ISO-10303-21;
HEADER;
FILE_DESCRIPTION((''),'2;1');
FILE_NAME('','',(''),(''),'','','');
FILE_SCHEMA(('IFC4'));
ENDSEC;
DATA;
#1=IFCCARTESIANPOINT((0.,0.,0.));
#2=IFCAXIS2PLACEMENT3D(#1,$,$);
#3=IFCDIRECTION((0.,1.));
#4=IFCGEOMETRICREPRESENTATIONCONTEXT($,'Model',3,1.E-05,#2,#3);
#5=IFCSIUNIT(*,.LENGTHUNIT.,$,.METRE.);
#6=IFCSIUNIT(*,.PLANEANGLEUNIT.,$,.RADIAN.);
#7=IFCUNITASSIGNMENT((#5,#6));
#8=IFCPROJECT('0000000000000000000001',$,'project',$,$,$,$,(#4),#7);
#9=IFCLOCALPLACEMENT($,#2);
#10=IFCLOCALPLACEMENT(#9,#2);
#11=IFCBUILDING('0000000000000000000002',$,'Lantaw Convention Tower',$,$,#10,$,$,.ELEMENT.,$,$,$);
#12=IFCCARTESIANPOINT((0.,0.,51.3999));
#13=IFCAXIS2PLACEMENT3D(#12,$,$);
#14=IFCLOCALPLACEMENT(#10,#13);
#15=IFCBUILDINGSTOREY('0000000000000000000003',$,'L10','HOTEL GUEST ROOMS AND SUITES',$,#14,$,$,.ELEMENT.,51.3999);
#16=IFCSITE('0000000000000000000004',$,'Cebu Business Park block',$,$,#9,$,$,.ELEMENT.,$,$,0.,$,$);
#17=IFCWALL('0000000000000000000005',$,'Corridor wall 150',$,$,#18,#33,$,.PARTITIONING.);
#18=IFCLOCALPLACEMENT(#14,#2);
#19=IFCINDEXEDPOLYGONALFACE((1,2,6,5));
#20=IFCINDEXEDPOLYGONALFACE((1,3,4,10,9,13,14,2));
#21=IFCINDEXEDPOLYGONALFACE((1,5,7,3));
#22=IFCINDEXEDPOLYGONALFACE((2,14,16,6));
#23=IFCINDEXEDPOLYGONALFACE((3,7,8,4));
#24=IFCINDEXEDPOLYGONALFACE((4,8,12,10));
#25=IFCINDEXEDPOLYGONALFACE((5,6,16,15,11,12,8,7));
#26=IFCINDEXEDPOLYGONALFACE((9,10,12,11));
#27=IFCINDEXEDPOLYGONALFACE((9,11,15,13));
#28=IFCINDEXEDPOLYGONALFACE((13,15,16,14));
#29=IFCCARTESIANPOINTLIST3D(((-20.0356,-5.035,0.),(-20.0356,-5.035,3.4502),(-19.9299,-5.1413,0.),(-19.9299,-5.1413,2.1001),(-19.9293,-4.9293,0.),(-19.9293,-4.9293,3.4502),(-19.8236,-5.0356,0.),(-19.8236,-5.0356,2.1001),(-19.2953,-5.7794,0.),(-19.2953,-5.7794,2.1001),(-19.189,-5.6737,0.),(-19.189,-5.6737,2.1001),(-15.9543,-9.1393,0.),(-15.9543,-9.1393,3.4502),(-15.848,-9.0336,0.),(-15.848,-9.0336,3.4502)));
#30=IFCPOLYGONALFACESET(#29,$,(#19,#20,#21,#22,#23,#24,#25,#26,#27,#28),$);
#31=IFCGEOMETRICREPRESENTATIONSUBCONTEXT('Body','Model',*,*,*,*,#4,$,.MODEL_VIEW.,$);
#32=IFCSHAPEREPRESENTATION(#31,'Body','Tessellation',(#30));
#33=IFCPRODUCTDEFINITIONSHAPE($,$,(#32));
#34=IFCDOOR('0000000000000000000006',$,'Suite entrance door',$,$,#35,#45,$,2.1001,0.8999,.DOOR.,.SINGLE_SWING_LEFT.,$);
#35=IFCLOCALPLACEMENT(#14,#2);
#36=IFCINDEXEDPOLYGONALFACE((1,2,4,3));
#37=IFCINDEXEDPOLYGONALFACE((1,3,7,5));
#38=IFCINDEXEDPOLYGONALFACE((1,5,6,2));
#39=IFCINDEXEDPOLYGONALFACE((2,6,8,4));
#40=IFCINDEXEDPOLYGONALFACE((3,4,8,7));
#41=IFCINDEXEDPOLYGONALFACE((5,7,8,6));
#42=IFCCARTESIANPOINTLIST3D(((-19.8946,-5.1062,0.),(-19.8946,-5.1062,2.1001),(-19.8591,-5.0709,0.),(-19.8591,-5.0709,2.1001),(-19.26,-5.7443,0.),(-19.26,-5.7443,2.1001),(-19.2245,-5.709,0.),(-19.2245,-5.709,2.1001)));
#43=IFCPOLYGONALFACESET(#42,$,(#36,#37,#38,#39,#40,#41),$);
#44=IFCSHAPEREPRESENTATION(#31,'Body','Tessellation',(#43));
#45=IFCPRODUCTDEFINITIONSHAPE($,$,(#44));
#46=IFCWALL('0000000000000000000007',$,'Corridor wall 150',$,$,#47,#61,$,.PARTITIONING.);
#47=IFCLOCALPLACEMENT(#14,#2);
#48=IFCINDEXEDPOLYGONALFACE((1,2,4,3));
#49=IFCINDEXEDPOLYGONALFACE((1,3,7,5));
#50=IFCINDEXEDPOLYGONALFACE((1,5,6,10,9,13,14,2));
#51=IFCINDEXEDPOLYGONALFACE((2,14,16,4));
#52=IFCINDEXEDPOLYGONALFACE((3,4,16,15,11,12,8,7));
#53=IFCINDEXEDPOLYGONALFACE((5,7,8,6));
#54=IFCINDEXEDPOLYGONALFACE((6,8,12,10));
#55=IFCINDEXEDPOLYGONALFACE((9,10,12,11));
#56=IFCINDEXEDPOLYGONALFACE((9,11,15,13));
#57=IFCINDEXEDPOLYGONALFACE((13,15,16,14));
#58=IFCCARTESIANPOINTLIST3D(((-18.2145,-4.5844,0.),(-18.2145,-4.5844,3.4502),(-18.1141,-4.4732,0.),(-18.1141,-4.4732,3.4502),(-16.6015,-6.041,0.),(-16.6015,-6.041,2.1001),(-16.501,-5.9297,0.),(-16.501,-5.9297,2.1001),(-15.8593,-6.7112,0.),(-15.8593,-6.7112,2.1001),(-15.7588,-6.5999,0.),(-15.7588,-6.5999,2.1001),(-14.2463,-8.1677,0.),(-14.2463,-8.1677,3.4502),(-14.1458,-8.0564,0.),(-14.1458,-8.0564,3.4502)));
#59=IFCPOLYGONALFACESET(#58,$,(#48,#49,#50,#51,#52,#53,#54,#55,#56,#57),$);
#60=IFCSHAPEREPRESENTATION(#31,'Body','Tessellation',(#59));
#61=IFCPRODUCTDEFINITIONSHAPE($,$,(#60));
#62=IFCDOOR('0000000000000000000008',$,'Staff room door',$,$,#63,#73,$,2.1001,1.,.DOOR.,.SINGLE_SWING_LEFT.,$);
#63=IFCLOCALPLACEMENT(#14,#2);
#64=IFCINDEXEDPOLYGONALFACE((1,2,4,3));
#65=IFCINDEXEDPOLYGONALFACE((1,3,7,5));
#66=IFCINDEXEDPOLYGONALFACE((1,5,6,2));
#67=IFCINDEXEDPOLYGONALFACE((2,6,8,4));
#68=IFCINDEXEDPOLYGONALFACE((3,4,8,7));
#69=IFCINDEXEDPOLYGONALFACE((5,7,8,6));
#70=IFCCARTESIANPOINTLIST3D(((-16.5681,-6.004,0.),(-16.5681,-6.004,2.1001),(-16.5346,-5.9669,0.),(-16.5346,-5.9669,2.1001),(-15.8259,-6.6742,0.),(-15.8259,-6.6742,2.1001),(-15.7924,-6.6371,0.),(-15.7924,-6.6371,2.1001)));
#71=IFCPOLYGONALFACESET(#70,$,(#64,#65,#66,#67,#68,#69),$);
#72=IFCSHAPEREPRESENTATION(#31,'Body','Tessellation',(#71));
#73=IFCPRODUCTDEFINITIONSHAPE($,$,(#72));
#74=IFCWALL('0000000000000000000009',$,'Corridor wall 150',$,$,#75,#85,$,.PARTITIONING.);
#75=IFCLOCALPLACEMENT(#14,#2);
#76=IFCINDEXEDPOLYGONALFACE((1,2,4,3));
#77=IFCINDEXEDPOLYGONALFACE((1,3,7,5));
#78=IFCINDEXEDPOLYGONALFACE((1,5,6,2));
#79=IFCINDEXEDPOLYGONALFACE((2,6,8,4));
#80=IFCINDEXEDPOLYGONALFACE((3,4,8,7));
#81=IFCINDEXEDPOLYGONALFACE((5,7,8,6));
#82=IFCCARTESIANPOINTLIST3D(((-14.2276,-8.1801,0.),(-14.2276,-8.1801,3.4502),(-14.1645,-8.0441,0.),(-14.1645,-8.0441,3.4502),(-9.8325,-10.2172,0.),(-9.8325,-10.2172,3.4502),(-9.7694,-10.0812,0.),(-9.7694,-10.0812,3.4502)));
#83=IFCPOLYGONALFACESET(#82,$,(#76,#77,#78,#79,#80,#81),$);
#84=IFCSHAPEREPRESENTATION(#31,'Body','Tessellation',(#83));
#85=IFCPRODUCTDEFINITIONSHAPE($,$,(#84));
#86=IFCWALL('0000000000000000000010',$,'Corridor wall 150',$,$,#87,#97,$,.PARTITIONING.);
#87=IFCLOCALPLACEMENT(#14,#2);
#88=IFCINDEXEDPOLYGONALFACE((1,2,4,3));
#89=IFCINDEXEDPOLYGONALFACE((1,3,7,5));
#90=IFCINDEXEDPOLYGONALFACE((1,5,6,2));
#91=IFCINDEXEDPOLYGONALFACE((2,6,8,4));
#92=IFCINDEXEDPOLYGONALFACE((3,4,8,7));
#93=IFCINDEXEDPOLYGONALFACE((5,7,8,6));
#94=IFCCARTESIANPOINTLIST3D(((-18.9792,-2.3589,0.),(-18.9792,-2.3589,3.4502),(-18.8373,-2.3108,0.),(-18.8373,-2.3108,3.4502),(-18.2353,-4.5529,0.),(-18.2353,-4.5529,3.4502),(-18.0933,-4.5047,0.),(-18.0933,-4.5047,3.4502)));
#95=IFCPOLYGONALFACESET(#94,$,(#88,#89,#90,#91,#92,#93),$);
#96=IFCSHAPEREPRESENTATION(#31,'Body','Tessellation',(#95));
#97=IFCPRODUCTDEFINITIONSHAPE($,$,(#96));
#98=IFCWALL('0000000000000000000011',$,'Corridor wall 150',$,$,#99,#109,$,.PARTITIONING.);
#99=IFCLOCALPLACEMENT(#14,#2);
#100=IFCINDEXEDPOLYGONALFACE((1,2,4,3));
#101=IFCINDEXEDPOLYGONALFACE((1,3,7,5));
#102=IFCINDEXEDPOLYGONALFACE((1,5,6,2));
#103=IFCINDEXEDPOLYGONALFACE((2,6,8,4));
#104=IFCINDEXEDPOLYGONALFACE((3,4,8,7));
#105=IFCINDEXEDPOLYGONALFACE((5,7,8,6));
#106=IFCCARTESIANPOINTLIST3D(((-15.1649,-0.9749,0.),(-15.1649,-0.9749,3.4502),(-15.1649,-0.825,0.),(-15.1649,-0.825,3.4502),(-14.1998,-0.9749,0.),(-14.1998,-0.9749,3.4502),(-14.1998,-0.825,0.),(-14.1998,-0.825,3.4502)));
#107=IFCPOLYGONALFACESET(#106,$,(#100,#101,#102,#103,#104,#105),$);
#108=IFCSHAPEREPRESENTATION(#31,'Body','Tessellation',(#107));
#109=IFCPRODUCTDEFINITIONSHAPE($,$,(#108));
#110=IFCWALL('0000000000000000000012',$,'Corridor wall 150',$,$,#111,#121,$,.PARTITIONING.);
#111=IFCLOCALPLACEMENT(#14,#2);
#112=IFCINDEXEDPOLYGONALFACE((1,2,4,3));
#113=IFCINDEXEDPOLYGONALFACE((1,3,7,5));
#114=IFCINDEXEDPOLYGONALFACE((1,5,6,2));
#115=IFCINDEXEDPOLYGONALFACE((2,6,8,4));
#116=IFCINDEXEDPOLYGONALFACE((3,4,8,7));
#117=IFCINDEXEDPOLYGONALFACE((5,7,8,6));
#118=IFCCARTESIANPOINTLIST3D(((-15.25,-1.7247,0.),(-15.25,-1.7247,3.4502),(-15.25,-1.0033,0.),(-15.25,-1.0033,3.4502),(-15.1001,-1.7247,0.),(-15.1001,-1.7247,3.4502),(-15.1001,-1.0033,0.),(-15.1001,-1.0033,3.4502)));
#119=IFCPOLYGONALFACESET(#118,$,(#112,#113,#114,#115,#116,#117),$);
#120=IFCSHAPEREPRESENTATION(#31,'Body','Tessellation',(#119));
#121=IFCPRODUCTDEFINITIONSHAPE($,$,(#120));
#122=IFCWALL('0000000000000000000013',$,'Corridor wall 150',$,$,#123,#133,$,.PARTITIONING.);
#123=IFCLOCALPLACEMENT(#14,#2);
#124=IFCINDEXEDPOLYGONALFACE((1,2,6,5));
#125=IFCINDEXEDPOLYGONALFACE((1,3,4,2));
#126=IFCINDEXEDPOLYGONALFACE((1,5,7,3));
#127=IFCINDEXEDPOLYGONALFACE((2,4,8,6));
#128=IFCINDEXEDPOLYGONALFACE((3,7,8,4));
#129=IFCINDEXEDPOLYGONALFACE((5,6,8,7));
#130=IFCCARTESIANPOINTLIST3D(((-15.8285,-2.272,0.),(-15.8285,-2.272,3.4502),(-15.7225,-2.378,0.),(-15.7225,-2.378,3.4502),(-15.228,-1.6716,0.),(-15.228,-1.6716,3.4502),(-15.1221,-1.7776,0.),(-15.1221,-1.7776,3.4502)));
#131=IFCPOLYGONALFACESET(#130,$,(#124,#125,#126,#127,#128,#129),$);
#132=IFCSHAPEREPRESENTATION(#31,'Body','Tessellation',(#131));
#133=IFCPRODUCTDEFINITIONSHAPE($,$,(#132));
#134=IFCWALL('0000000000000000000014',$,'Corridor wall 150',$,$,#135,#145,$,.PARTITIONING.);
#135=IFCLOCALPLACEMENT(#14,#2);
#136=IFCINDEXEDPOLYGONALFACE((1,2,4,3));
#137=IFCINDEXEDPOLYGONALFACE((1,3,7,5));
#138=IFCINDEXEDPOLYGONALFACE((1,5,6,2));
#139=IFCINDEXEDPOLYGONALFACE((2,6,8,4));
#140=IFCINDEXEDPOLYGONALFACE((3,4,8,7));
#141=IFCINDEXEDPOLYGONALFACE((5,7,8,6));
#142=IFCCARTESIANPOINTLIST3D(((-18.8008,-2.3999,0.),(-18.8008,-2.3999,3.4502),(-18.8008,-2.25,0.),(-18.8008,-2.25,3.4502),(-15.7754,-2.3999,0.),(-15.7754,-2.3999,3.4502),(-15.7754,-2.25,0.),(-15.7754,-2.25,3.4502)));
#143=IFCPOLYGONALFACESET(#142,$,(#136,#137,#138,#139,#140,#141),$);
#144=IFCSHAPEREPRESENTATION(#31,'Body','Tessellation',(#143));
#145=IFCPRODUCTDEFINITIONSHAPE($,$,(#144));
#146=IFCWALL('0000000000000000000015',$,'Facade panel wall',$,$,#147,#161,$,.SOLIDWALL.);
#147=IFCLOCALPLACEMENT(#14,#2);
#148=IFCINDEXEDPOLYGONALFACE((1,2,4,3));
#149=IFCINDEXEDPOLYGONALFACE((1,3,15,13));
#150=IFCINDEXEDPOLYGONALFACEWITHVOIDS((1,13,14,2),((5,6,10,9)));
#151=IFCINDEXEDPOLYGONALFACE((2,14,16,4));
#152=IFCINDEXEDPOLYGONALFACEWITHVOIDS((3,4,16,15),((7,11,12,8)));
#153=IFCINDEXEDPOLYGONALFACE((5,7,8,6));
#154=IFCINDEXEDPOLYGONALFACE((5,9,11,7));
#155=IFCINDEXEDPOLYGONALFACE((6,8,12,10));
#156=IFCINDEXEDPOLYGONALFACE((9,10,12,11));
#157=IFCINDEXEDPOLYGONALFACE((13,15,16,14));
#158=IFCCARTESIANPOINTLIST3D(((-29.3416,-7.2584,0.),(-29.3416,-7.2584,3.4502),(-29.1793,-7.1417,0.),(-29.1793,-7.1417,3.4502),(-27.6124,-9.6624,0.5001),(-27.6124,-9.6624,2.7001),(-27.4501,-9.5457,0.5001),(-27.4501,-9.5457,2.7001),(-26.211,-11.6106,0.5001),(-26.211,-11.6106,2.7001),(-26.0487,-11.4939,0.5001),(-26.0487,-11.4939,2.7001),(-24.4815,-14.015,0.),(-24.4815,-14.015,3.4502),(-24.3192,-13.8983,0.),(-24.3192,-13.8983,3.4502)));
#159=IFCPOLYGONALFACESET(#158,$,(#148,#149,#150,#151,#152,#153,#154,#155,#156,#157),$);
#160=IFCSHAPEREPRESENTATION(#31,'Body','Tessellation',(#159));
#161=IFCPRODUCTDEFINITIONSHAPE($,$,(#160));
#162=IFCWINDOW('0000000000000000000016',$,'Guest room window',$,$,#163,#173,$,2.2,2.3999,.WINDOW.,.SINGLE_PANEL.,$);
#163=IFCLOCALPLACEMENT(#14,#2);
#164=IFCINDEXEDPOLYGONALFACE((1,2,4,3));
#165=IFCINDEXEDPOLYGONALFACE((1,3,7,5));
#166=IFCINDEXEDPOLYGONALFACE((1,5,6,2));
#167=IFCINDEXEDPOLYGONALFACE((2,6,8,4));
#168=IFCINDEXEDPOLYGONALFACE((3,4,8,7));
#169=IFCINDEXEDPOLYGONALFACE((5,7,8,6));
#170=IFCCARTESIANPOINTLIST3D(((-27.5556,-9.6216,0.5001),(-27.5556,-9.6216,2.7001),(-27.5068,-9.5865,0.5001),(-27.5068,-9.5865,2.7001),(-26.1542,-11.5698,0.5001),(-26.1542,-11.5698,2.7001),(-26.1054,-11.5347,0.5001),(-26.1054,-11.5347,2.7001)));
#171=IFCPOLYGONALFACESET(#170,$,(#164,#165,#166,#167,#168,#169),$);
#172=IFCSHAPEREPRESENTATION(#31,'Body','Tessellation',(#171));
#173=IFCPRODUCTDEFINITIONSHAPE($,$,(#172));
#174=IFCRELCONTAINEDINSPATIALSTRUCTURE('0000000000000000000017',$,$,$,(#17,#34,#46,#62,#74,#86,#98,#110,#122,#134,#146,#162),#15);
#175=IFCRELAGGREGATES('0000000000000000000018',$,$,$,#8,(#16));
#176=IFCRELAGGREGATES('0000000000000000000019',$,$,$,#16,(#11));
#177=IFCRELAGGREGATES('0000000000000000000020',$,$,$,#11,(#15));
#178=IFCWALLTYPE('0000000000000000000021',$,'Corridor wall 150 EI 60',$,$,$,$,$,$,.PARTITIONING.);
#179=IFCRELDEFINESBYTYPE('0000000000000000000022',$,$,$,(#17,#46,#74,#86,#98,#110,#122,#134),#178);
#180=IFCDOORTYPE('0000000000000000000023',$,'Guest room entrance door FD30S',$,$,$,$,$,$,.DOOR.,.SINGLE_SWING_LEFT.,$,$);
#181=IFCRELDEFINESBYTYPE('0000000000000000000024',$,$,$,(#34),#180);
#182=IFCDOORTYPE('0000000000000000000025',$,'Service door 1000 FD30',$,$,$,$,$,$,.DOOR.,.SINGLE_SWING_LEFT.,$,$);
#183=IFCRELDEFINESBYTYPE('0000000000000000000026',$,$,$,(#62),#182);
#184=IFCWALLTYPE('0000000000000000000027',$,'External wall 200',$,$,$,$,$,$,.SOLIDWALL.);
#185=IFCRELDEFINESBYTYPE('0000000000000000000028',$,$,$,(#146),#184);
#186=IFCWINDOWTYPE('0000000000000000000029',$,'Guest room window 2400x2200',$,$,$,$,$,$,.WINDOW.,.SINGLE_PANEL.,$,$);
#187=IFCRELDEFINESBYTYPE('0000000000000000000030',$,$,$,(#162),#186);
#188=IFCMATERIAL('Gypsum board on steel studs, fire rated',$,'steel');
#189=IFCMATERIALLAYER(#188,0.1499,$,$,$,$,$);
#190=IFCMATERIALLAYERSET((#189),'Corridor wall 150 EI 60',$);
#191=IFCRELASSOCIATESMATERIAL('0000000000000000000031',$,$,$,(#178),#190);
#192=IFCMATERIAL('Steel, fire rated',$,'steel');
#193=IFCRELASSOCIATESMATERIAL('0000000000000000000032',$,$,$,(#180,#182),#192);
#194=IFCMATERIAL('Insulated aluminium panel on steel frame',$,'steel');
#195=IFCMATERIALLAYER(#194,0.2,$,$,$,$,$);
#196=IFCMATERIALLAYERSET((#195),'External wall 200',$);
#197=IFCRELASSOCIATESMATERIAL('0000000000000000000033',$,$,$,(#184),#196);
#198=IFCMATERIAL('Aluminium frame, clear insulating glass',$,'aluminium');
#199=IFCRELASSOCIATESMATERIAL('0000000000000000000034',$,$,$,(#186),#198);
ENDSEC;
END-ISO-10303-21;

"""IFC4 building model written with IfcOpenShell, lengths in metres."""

from ifc_helpers import new_model, si_unit, direction, frame, frame_2d, origin, place, context, subcontext, project, spatial, rectangle, extrude, material, layer, layer_set, type_object, element, fill, save


model = new_model("IFC4")

# Units and contexts
model_context = context("Model", 3, precision=1e-05, world=origin(), true_north=direction((0.0, 1.0)))
body_context = subcontext(model_context, "Body", "Model", "MODEL_VIEW")
ifc_project = project(units=[si_unit("LENGTHUNIT", "METRE"), si_unit("PLANEANGLEUNIT", "RADIAN")], contexts=[model_context])

# Site, building, storey
site_placement = place(None, origin())
site = spatial("IfcSite", under=ifc_project, at=site_placement, Name="Cebu Business Park block", CompositionType="ELEMENT", RefElevation=0.0)
building_placement = place(site_placement, origin())
building = spatial("IfcBuilding", under=site, at=building_placement, Name="Lantaw Convention Tower", CompositionType="ELEMENT")
storey_placement = place(building_placement, frame((0.0, 0.0, 51.3999)))
storey = spatial("IfcBuildingStorey", under=building, at=storey_placement, Name="L10", Description="HOTEL GUEST ROOMS AND SUITES", CompositionType="ELEMENT", Elevation=51.3999)

# Shared definitions
ifc_material_1 = material(Name="Gypsum board on steel studs, fire rated", Category="steel")
ifc_layer_1 = layer(ifc_material_1, 0.1499)
ifc_layer_set_1 = layer_set([ifc_layer_1], Name="Corridor wall 150 EI 60")
wall_type_1 = type_object("IfcWallType", Name="Corridor wall 150 EI 60", PredefinedType="PARTITIONING", material=ifc_layer_set_1)

# Walls, openings, doors
wall_1_placement = place(storey_placement, frame((-19.9824, -4.9822, 0.0), z_axis=(0.0, 0.0, 1.0), x_axis=(0.705122, -0.709086, 0.0)))
wall_1 = element("IfcWall", 1, at=wall_1_placement, inside=storey, type_object=wall_type_1, Name="Corridor wall 150", PredefinedType="PARTITIONING", context=body_context, shape_type="SweptSolid", body=[
    extrude(rectangle(XDim=5.7881, YDim=0.1499, at=frame_2d((2.894, 0.0))), origin(), (0.0, 0.0, 1.0), 3.4502),
])
opening_1_placement = place(wall_1_placement, frame((0.1499, 0.0, 0.0)))
opening_1 = element("IfcOpeningElement", 2, at=opening_1_placement, cuts=wall_1, PredefinedType="OPENING", context=body_context, shape_type="SweptSolid", body=[
    extrude(rectangle(XDim=0.8999, YDim=2.1001, at=frame_2d((0.45, 1.05))), frame((0.0, 0.085, 0.0), z_axis=(0.0, -1.0, 0.0), x_axis=(1.0, 0.0, 0.0)), (0.0, 0.0, 1.0), 0.1699),
])
ifc_material_2 = material(Name="Steel, fire rated", Category="steel")
door_type_1 = type_object("IfcDoorType", Name="Guest room entrance door FD30S", OperationType="SINGLE_SWING_LEFT", PredefinedType="DOOR", material=ifc_material_2)
door_1_placement = place(opening_1_placement, origin())
door_1 = element("IfcDoor", 3, at=door_1_placement, inside=storey, type_object=door_type_1, Name="Suite entrance door", OperationType="SINGLE_SWING_LEFT", OverallHeight=2.1001, OverallWidth=0.8999, PredefinedType="DOOR", context=body_context, shape_type="SweptSolid", body=[
    extrude(rectangle(XDim=0.8999, YDim=2.1001, at=frame_2d((0.45, 1.05))), frame((0.0, 0.0249, 0.0), z_axis=(0.0, -1.0, 0.0), x_axis=(1.0, 0.0, 0.0)), (0.0, 0.0, 1.0), 0.05),
])
fill(opening_1, door_1)
wall_2_placement = place(storey_placement, frame((-18.1643, -4.5288, 0.0), z_axis=(0.0, 0.0, 1.0), x_axis=(0.742194, -0.670185, 0.0)))
wall_2 = element("IfcWall", 4, at=wall_2_placement, inside=storey, type_object=wall_type_1, Name="Corridor wall 150", PredefinedType="PARTITIONING", context=body_context, shape_type="SweptSolid", body=[
    extrude(rectangle(XDim=5.3467, YDim=0.1499, at=frame_2d((2.6733, 0.0))), origin(), (0.0, 0.0, 1.0), 3.4502),
])
opening_2_placement = place(wall_2_placement, frame((2.1733, 0.0, 0.0)))
opening_2 = element("IfcOpeningElement", 5, at=opening_2_placement, cuts=wall_2, PredefinedType="OPENING", context=body_context, shape_type="SweptSolid", body=[
    extrude(rectangle(XDim=1.0, YDim=2.1001, at=frame_2d((0.5, 1.05))), frame((0.0, 0.085, 0.0), z_axis=(0.0, -1.0, 0.0), x_axis=(1.0, 0.0, 0.0)), (0.0, 0.0, 1.0), 0.1699),
])
door_type_2 = type_object("IfcDoorType", Name="Service door 1000 FD30", OperationType="SINGLE_SWING_LEFT", PredefinedType="DOOR", material=ifc_material_2)
door_2_placement = place(opening_2_placement, origin())
door_2 = element("IfcDoor", 6, at=door_2_placement, inside=storey, type_object=door_type_2, Name="Staff room door", OperationType="SINGLE_SWING_LEFT", OverallHeight=2.1001, OverallWidth=1.0, PredefinedType="DOOR", context=body_context, shape_type="SweptSolid", body=[
    extrude(rectangle(XDim=1.0, YDim=2.1001, at=frame_2d((0.5, 1.05))), frame((0.0, 0.0249, 0.0), z_axis=(0.0, -1.0, 0.0), x_axis=(1.0, 0.0, 0.0)), (0.0, 0.0, 1.0), 0.05),
])
fill(opening_2, door_2)

# Walls
wall_3_placement = place(storey_placement, frame((-14.196, -8.1121, 0.0), z_axis=(0.0, 0.0, 1.0), x_axis=(0.90728, -0.420528, 0.0)))
element("IfcWall", 7, at=wall_3_placement, inside=storey, type_object=wall_type_1, Name="Corridor wall 150", PredefinedType="PARTITIONING", context=body_context, shape_type="SweptSolid", body=[
    extrude(rectangle(XDim=4.8442, YDim=0.1499, at=frame_2d((2.4221, 0.0))), origin(), (0.0, 0.0, 1.0), 3.4502),
])
wall_4_placement = place(storey_placement, frame((-18.9082, -2.335, 0.0), z_axis=(0.0, 0.0, 1.0), x_axis=(0.321124, -0.947037, 0.0)))
element("IfcWall", 8, at=wall_4_placement, inside=storey, type_object=wall_type_1, Name="Corridor wall 150", PredefinedType="PARTITIONING", context=body_context, shape_type="SweptSolid", body=[
    extrude(rectangle(XDim=2.3167, YDim=0.1499, at=frame_2d((1.1582, 0.0))), origin(), (0.0, 0.0, 1.0), 3.4502),
])
wall_5_placement = place(storey_placement, frame((-14.2, -0.8999, 0.0), z_axis=(0.0, 0.0, 1.0), x_axis=(-1.0, 0.0, 0.0)))
element("IfcWall", 9, at=wall_5_placement, inside=storey, type_object=wall_type_1, Name="Corridor wall 150", PredefinedType="PARTITIONING", context=body_context, shape_type="SweptSolid", body=[
    extrude(rectangle(XDim=0.9651, YDim=0.1499, at=frame_2d((0.4824, 0.0))), origin(), (0.0, 0.0, 1.0), 3.4502),
])
wall_6_placement = place(storey_placement, frame((-15.175, -1.0032, 0.0), z_axis=(0.0, 0.0, 1.0), x_axis=(0.0, -1.0, 0.0)))
element("IfcWall", 10, at=wall_6_placement, inside=storey, type_object=wall_type_1, Name="Corridor wall 150", PredefinedType="PARTITIONING", context=body_context, shape_type="SweptSolid", body=[
    extrude(rectangle(XDim=0.7214, YDim=0.1499, at=frame_2d((0.3608, 0.0))), origin(), (0.0, 0.0, 1.0), 3.4502),
])
wall_7_placement = place(storey_placement, frame((-15.175, -1.7246, 0.0), z_axis=(0.0, 0.0, 1.0), x_axis=(-0.707107, -0.707107, 0.0)))
element("IfcWall", 11, at=wall_7_placement, inside=storey, type_object=wall_type_1, Name="Corridor wall 150", PredefinedType="PARTITIONING", context=body_context, shape_type="SweptSolid", body=[
    extrude(rectangle(XDim=0.8491, YDim=0.1499, at=frame_2d((0.4246, 0.0))), origin(), (0.0, 0.0, 1.0), 3.4502),
])
wall_8_placement = place(storey_placement, frame((-15.7754, -2.325, 0.0), z_axis=(0.0, 0.0, 1.0), x_axis=(-1.0, 0.0, 0.0)))
element("IfcWall", 12, at=wall_8_placement, inside=storey, type_object=wall_type_1, Name="Corridor wall 150", PredefinedType="PARTITIONING", context=body_context, shape_type="SweptSolid", body=[
    extrude(rectangle(XDim=3.0254, YDim=0.1499, at=frame_2d((1.5127, 0.0))), origin(), (0.0, 0.0, 1.0), 3.4502),
])

# Wall, opening, window
ifc_material_3 = material(Name="Insulated aluminium panel on steel frame", Category="steel")
ifc_layer_2 = layer(ifc_material_3, 0.2)
ifc_layer_set_2 = layer_set([ifc_layer_2], Name="External wall 200")
wall_type_2 = type_object("IfcWallType", Name="External wall 200", PredefinedType="SOLIDWALL", material=ifc_layer_set_2)
wall_9_placement = place(storey_placement, frame((-29.2605, -7.2, 0.0), z_axis=(0.0, 0.0, 1.0), x_axis=(0.583938, -0.811799, 0.0)))
wall_9 = element("IfcWall", 13, at=wall_9_placement, inside=storey, type_object=wall_type_2, Name="Facade panel wall", PredefinedType="SOLIDWALL", context=body_context, shape_type="SweptSolid", body=[
    extrude(rectangle(XDim=8.323, YDim=0.2, at=frame_2d((4.1616, 0.0))), origin(), (0.0, 0.0, 1.0), 3.4502),
])
opening_3_placement = place(wall_9_placement, frame((2.9614, 0.0, 0.5)))
opening_3 = element("IfcOpeningElement", 14, at=opening_3_placement, cuts=wall_9, PredefinedType="OPENING", context=body_context, shape_type="SweptSolid", body=[
    extrude(rectangle(XDim=2.3999, YDim=2.2, at=frame_2d((1.2, 1.1001))), frame((0.0, 0.1099, 0.0), z_axis=(0.0, -1.0, 0.0), x_axis=(1.0, 0.0, 0.0)), (0.0, 0.0, 1.0), 0.22),
])
ifc_material_4 = material(Name="Aluminium frame, clear insulating glass", Category="aluminium")
window_type = type_object("IfcWindowType", Name="Guest room window 2400x2200", PartitioningType="SINGLE_PANEL", PredefinedType="WINDOW", material=ifc_material_4)
window_placement = place(opening_3_placement, origin())
window = element("IfcWindow", 15, at=window_placement, inside=storey, type_object=window_type, Name="Guest room window", OverallHeight=2.2, OverallWidth=2.3999, PartitioningType="SINGLE_PANEL", PredefinedType="WINDOW", context=body_context, shape_type="SweptSolid", body=[
    extrude(rectangle(XDim=2.3999, YDim=2.2, at=frame_2d((1.2, 1.1001))), frame((0.0, 0.03, 0.0), z_axis=(0.0, -1.0, 0.0), x_axis=(1.0, 0.0, 0.0)), (0.0, 0.0, 1.0), 0.0601),
])
fill(opening_3, window)

save(model, "model.ifc")
